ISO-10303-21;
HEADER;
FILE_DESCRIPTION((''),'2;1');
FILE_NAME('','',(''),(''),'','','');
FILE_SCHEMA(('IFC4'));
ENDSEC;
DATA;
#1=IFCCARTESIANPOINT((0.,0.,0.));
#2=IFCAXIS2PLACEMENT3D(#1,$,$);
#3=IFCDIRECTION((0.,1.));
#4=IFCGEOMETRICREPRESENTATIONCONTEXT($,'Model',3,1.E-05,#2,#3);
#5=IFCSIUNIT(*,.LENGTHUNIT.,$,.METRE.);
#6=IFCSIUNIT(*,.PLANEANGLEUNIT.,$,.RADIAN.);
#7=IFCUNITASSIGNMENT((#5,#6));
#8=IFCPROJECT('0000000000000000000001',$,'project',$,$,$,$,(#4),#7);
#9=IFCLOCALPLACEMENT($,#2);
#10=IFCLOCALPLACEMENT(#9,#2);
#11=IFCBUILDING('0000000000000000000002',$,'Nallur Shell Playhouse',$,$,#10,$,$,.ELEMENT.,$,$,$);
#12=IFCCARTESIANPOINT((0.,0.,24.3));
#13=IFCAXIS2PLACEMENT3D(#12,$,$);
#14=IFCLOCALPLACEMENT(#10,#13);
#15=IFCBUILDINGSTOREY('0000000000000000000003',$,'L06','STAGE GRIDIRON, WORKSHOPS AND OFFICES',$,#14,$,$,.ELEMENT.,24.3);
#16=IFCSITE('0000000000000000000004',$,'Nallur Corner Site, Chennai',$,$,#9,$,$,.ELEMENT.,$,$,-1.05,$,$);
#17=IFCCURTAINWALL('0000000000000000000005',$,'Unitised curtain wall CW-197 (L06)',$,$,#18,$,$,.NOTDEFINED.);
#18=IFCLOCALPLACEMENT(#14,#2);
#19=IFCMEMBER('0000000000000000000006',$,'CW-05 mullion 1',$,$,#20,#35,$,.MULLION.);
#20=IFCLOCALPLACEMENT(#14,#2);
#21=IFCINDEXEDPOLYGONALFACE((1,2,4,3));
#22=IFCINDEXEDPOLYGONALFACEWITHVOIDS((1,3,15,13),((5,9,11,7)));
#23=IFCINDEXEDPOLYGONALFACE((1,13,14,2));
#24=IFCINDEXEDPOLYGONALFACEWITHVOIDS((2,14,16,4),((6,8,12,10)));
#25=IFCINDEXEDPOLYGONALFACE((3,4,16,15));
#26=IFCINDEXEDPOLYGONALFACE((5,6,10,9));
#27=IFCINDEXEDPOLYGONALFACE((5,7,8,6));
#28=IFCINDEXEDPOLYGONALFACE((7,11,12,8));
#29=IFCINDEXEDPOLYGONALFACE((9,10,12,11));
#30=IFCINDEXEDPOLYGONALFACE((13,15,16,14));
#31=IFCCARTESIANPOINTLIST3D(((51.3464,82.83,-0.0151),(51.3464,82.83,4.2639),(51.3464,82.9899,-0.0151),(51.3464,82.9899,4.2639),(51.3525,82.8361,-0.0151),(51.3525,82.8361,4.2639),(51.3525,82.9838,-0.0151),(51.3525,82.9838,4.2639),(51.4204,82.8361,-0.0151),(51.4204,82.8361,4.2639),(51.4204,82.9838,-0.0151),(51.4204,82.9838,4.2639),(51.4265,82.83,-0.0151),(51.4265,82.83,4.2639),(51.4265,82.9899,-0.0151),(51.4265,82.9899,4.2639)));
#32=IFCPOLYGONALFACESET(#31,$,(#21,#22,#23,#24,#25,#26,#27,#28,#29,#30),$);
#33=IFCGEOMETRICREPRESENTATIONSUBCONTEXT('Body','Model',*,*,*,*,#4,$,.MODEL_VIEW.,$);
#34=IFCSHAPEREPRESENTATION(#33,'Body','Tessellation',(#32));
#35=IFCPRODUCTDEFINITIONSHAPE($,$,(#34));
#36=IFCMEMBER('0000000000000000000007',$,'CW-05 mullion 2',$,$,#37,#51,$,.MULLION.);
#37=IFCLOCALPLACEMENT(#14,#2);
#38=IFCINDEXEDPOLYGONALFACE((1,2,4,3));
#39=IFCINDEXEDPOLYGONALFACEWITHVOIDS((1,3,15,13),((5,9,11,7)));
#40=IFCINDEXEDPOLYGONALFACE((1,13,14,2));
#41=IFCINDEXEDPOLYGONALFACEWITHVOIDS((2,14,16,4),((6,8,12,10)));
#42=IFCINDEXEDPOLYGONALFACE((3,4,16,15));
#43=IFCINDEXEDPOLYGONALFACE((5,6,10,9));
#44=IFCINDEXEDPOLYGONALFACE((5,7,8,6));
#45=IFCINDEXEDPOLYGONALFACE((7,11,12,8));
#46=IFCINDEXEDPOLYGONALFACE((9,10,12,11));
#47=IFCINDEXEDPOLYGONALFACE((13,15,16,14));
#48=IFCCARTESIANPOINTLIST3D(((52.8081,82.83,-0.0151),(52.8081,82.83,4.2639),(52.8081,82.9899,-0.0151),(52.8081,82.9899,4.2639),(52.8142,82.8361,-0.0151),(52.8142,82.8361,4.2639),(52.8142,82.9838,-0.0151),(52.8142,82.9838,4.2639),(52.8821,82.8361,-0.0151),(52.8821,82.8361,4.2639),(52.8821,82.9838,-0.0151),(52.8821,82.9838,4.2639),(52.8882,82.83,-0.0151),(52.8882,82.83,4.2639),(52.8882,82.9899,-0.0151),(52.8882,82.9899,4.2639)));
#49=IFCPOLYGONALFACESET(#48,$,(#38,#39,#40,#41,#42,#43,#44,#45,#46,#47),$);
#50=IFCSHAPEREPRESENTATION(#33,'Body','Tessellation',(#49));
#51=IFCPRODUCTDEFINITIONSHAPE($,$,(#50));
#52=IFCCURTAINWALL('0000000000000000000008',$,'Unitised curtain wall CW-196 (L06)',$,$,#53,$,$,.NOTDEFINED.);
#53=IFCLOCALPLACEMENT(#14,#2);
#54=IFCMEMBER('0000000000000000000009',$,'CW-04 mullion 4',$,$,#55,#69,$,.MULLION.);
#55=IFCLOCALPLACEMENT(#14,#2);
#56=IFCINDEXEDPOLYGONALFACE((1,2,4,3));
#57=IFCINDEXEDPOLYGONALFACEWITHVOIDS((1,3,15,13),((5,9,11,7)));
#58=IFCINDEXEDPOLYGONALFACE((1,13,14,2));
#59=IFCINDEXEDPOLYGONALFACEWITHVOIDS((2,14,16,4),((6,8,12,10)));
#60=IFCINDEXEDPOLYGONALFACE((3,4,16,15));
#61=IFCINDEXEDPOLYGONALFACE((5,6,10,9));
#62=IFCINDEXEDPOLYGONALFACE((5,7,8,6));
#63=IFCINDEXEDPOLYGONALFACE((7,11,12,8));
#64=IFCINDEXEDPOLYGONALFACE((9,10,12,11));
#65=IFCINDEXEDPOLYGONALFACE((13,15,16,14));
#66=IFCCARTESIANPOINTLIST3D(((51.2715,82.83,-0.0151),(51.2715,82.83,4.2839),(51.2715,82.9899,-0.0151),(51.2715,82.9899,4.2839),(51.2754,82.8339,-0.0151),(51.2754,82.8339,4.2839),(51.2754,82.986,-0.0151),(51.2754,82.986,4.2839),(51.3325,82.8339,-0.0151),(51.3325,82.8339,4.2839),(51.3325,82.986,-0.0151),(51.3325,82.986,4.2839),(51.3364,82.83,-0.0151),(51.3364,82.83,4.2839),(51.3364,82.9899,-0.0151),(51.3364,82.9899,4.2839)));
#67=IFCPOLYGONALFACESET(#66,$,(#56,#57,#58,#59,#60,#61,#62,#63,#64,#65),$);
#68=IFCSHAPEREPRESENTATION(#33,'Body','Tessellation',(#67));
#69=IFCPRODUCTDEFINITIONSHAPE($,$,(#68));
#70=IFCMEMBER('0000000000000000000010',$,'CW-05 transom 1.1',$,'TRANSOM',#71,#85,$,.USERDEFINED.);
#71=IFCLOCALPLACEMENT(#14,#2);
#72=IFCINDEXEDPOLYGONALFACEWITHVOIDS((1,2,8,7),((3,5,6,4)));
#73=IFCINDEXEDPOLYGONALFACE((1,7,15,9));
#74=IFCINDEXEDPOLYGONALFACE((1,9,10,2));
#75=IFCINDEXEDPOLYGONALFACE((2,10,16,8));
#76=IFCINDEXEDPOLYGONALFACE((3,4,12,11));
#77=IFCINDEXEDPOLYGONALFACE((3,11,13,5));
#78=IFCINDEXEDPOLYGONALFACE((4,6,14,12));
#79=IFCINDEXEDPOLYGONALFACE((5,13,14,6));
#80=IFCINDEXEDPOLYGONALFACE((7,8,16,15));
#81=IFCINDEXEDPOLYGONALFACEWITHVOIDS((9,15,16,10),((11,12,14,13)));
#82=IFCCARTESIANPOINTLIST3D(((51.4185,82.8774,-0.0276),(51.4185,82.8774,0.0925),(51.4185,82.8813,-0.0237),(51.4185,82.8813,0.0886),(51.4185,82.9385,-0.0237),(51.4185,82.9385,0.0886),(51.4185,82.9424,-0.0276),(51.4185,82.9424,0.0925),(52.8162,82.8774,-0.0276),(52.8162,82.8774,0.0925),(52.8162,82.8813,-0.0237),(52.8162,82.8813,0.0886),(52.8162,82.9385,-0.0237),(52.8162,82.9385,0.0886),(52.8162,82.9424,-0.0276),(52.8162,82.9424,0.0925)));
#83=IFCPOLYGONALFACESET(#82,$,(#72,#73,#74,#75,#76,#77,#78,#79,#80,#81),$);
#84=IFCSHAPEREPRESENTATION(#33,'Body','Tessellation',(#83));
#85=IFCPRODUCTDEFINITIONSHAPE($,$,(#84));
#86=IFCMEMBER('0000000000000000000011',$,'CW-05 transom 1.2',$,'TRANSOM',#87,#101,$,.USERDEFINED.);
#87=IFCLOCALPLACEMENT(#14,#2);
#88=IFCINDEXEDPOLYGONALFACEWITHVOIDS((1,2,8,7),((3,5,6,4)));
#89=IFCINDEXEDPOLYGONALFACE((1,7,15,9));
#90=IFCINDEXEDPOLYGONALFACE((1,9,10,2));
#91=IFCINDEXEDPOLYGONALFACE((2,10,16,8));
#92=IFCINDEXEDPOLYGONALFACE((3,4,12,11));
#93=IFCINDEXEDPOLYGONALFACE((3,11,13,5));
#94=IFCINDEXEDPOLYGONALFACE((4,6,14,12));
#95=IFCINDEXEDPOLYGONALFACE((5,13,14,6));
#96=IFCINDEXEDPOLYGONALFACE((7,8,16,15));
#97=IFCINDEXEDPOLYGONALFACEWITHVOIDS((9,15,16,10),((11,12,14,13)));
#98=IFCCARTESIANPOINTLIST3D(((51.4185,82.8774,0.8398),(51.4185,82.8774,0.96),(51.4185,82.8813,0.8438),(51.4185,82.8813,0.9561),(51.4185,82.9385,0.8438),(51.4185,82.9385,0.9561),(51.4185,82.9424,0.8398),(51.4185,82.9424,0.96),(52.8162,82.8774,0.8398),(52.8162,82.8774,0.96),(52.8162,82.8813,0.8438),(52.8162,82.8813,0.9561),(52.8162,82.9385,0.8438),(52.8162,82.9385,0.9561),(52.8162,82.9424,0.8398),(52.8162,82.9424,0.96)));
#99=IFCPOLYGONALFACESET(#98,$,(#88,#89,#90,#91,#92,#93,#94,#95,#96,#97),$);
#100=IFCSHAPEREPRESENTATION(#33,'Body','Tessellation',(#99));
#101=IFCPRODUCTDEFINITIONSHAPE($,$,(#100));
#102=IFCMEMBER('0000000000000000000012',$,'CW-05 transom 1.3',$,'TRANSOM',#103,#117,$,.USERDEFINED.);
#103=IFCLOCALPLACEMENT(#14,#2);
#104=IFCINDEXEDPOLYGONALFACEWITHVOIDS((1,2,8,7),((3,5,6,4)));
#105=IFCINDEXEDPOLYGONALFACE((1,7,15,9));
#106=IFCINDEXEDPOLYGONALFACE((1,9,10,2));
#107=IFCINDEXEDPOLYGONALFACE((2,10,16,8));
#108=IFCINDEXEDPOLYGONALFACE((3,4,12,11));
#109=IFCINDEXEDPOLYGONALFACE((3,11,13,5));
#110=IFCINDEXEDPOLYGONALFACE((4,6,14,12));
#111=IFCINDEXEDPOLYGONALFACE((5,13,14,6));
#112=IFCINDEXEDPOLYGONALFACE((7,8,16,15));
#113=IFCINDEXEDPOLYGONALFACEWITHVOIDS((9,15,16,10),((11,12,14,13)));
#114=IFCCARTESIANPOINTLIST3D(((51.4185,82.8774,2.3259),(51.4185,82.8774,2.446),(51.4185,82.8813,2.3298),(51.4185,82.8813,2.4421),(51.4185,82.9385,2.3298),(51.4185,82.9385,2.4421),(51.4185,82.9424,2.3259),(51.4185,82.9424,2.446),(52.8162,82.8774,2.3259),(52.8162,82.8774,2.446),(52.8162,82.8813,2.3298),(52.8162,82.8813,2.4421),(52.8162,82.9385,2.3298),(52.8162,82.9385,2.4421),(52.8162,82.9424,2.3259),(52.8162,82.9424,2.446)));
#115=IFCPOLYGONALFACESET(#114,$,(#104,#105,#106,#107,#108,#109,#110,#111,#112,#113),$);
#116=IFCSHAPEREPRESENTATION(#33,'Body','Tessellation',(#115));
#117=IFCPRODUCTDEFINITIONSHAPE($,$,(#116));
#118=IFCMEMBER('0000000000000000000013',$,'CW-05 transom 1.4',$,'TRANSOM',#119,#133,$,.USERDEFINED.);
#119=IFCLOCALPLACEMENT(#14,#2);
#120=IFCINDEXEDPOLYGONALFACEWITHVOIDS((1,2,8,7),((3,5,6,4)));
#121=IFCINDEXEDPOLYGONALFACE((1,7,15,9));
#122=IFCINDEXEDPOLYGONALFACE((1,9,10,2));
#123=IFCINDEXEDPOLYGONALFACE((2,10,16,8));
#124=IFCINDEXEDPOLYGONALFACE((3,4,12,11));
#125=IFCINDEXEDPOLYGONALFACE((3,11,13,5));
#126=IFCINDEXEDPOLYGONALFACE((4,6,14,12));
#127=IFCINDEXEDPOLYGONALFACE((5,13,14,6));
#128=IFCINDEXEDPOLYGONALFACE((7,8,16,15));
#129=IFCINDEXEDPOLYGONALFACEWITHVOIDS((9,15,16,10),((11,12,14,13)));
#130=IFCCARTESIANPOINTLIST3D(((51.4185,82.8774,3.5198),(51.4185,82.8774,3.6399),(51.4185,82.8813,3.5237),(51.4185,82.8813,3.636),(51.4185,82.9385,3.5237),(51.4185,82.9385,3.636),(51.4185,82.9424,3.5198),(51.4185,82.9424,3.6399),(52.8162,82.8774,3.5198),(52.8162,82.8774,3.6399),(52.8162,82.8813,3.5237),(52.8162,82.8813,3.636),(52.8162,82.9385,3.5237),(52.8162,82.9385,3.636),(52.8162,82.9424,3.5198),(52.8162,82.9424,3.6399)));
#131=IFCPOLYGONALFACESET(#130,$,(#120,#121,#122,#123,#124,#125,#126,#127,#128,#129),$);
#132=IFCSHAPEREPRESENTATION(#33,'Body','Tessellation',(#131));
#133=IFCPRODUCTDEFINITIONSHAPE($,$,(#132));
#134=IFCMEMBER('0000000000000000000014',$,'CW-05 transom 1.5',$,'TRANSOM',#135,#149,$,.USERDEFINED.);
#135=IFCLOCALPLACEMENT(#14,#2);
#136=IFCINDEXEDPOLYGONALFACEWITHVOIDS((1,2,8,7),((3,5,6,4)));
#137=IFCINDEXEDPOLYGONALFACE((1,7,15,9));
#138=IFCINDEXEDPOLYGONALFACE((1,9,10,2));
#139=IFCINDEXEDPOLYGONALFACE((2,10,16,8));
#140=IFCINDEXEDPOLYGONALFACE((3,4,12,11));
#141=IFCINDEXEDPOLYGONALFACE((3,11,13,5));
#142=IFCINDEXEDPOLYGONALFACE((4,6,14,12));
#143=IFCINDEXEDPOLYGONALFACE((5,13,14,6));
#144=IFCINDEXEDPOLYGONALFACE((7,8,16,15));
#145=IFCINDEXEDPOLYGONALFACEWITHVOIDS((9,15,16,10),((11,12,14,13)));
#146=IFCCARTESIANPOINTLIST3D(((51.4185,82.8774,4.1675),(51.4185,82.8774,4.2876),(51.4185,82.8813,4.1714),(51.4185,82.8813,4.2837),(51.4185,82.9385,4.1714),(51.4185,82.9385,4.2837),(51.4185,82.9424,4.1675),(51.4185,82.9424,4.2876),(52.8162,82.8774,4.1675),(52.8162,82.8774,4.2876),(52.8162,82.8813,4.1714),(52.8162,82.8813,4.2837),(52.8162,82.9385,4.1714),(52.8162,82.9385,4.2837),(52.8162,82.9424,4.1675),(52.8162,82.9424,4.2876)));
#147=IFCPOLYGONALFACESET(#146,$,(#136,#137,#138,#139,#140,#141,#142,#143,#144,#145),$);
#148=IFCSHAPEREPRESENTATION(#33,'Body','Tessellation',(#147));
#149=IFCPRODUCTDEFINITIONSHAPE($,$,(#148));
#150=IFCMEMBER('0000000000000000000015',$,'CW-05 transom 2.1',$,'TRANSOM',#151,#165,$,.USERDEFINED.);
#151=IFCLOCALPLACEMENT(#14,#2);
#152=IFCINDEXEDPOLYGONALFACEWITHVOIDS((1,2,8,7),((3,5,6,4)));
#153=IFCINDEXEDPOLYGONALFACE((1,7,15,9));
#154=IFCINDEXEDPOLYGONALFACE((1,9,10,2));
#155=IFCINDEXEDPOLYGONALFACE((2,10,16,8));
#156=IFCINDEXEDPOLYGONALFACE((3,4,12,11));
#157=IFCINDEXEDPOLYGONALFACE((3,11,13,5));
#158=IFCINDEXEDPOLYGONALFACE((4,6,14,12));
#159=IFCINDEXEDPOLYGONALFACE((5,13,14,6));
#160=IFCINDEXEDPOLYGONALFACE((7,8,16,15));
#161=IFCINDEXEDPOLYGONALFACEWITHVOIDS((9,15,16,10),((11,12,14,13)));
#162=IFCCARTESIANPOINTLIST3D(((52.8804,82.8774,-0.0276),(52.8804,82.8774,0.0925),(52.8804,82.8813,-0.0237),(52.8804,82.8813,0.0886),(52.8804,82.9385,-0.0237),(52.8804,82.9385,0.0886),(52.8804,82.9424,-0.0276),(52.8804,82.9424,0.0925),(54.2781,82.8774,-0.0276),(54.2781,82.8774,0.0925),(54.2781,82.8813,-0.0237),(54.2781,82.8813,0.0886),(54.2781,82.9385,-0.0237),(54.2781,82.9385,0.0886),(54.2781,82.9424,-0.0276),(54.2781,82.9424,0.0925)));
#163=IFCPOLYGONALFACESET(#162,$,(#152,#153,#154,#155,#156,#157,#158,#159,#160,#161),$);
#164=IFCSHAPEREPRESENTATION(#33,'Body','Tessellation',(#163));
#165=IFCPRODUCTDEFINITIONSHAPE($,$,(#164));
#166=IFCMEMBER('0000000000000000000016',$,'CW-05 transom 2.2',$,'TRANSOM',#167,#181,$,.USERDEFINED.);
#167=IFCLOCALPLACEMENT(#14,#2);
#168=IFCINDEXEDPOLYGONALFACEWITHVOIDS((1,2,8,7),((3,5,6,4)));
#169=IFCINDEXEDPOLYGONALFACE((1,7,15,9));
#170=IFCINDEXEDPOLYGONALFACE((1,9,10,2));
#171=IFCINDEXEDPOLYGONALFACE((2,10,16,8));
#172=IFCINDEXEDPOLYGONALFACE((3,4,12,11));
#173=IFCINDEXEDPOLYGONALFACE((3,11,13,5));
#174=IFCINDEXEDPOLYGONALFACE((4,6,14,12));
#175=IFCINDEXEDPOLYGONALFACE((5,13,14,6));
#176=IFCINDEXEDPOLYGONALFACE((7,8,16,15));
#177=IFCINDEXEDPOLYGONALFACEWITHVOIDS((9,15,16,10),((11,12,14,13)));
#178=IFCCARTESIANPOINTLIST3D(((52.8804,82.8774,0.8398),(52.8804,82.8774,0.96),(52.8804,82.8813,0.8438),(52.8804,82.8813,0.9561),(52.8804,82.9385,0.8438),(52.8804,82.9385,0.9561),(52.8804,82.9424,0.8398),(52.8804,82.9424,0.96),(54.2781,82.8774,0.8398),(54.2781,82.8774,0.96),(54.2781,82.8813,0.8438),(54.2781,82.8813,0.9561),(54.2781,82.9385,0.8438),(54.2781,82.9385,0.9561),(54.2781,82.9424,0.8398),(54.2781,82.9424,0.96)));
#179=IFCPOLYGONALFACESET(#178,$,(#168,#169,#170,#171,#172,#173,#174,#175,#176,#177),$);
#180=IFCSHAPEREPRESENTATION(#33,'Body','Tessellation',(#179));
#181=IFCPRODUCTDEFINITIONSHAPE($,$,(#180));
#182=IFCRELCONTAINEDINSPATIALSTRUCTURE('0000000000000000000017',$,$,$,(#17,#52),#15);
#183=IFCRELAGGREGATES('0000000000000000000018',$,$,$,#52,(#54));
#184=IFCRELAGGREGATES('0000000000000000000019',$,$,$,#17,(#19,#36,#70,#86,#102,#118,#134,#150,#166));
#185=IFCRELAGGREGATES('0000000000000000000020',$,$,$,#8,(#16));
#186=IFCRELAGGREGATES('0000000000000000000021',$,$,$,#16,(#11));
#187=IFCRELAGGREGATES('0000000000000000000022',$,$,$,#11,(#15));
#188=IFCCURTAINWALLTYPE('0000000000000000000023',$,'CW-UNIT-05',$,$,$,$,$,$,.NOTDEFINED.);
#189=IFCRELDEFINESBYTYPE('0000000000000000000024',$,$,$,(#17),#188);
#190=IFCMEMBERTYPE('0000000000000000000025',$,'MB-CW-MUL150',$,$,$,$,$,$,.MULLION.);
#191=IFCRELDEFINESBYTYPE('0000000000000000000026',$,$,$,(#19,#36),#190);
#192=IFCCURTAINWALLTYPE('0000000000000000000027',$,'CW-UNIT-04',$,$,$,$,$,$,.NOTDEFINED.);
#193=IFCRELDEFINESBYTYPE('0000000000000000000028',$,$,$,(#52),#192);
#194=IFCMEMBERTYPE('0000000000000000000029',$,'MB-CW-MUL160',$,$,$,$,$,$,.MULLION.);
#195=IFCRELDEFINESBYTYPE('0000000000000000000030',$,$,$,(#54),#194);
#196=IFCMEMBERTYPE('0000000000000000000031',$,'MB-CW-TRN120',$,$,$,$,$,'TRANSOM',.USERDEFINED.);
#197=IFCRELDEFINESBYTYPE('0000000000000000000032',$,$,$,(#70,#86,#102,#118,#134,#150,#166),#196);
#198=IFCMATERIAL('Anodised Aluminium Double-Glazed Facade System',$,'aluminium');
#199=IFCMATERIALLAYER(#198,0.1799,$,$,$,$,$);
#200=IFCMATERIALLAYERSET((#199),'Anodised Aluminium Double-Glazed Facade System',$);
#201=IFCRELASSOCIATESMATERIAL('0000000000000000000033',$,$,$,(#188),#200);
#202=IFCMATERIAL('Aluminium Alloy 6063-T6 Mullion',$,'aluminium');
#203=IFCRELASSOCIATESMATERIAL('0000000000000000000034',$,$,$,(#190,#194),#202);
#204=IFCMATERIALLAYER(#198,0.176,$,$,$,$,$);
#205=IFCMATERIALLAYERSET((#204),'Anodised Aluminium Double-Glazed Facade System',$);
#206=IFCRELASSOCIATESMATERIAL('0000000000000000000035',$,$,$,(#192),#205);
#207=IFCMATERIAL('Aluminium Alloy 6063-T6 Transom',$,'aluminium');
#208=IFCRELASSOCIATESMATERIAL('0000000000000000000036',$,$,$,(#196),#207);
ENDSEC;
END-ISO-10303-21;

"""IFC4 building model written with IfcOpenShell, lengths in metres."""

from ifc_helpers import new_model, si_unit, direction, frame, origin, origin_2d, place, context, subcontext, project, spatial, hollow_rectangle, extrude, material, layer, layer_set, material_profile, profile_set, type_object, element, aggregate, save


model = new_model("IFC4")

# Units and contexts
model_context = context("Model", 3, precision=1e-05, world=origin(), true_north=direction((0.0, 1.0)))
body_context = subcontext(model_context, "Body", "Model", "MODEL_VIEW")
ifc_project = project(units=[si_unit("LENGTHUNIT", "METRE"), si_unit("PLANEANGLEUNIT", "RADIAN")], contexts=[model_context])

# Site, building, storey
site_placement = place(None, origin())
site = spatial("IfcSite", under=ifc_project, at=site_placement, Name="Nallur Corner Site, Chennai", CompositionType="ELEMENT", RefElevation=-1.05)
building_placement = place(site_placement, origin())
building = spatial("IfcBuilding", under=site, at=building_placement, Name="Nallur Shell Playhouse", CompositionType="ELEMENT")
storey_placement = place(building_placement, frame((0.0, 0.0, 24.3)))
storey = spatial("IfcBuildingStorey", under=building, at=storey_placement, Name="L06", Description="STAGE GRIDIRON, WORKSHOPS AND OFFICES", CompositionType="ELEMENT", Elevation=24.3)

# Curtain wall, members
ifc_material_1 = material(Name="Anodised Aluminium Double-Glazed Facade System", Category="aluminium")
ifc_layer_1 = layer(ifc_material_1, 0.1799)
ifc_layer_set_1 = layer_set([ifc_layer_1], Name="Anodised Aluminium Double-Glazed Facade System")
curtain_wall_type_1 = type_object("IfcCurtainWallType", Name="CW-UNIT-05", PredefinedType="NOTDEFINED", material=ifc_layer_set_1)
curtain_wall_1_placement = place(storey_placement, origin())
curtain_wall_1 = element("IfcCurtainWall", 1, at=curtain_wall_1_placement, inside=storey, type_object=curtain_wall_type_1, Name="Unitised curtain wall CW-197 (L06)", PredefinedType="NOTDEFINED")
ifc_material_2 = material(Name="Aluminium Alloy 6063-T6 Mullion", Category="aluminium")
ifc_material_profile_1 = material_profile(ifc_material_2, hollow_rectangle(XDim=0.0801, YDim=0.1599, WallThickness=0.0061, at=origin_2d()), Name="RHS 160x80x6")
ifc_profile_set_1 = profile_set([ifc_material_profile_1], Name="Aluminium Alloy 6063-T6 Mullion")
member_type_1 = type_object("IfcMemberType", Name="MB-CW-MUL150", PredefinedType="MULLION", material=ifc_profile_set_1)
member_1_placement = place(storey_placement, frame((51.3865, 82.9099, -0.0151), z_axis=(0.0, 0.0, 1.0), x_axis=(1.0, 0.0, 0.0)))
member_1 = element("IfcMember", 2, at=member_1_placement, type_object=member_type_1, Name="CW-05 mullion 1", PredefinedType="MULLION", context=body_context, shape_type="SweptSolid", body=[
    extrude(hollow_rectangle(XDim=0.0801, YDim=0.1599, WallThickness=0.0061, at=origin_2d()), origin(), (0.0, 0.0, 1.0), 4.2791),
])
member_2_placement = place(storey_placement, frame((52.8481, 82.9099, -0.0151), z_axis=(0.0, 0.0, 1.0), x_axis=(1.0, 0.0, 0.0)))
member_2 = element("IfcMember", 3, at=member_2_placement, type_object=member_type_1, Name="CW-05 mullion 2", PredefinedType="MULLION", context=body_context, shape_type="SweptSolid", body=[
    extrude(hollow_rectangle(XDim=0.0801, YDim=0.1599, WallThickness=0.0061, at=origin_2d()), origin(), (0.0, 0.0, 1.0), 4.2791),
])

# Curtain wall, member
ifc_layer_2 = layer(ifc_material_1, 0.176)
ifc_layer_set_2 = layer_set([ifc_layer_2], Name="Anodised Aluminium Double-Glazed Facade System")
curtain_wall_type_2 = type_object("IfcCurtainWallType", Name="CW-UNIT-04", PredefinedType="NOTDEFINED", material=ifc_layer_set_2)
curtain_wall_2_placement = place(storey_placement, origin())
curtain_wall_2 = element("IfcCurtainWall", 4, at=curtain_wall_2_placement, inside=storey, type_object=curtain_wall_type_2, Name="Unitised curtain wall CW-196 (L06)", PredefinedType="NOTDEFINED")
ifc_material_profile_2 = material_profile(ifc_material_2, hollow_rectangle(XDim=0.0649, YDim=0.1599, WallThickness=0.0039, at=origin_2d()), Name="ALU 65x160x4")
ifc_profile_set_2 = profile_set([ifc_material_profile_2], Name="Aluminium Alloy 6063-T6 Mullion")
member_type_2 = type_object("IfcMemberType", Name="MB-CW-MUL160", PredefinedType="MULLION", material=ifc_profile_set_2)
member_3_placement = place(storey_placement, frame((51.304, 82.9099, -0.0151), z_axis=(0.0, 0.0, 1.0), x_axis=(1.0, 0.0, 0.0)))
member_3 = element("IfcMember", 5, at=member_3_placement, type_object=member_type_2, Name="CW-04 mullion 4", PredefinedType="MULLION", context=body_context, shape_type="SweptSolid", body=[
    extrude(hollow_rectangle(XDim=0.0649, YDim=0.1599, WallThickness=0.0039, at=origin_2d()), origin(), (0.0, 0.0, 1.0), 4.2991),
])

# Members
ifc_material_3 = material(Name="Aluminium Alloy 6063-T6 Transom", Category="aluminium")
ifc_material_profile_3 = material_profile(ifc_material_3, hollow_rectangle(XDim=0.0649, YDim=0.1201, WallThickness=0.0039, at=origin_2d()), Name="ALU 65x120x4")
ifc_profile_set_3 = profile_set([ifc_material_profile_3], Name="Aluminium Alloy 6063-T6 Transom")
member_type_3 = type_object("IfcMemberType", Name="MB-CW-TRN120", ElementType="TRANSOM", PredefinedType="USERDEFINED", material=ifc_profile_set_3)
member_4_placement = place(storey_placement, frame((51.4185, 82.9099, 0.0325), z_axis=(1.0, 0.0, 0.0), x_axis=(0.0, 1.0, 0.0)))
member_4 = element("IfcMember", 6, at=member_4_placement, type_object=member_type_3, Name="CW-05 transom 1.1", ObjectType="TRANSOM", PredefinedType="USERDEFINED", context=body_context, shape_type="SweptSolid", body=[
    extrude(hollow_rectangle(XDim=0.0649, YDim=0.1201, WallThickness=0.0039, at=origin_2d()), origin(), (0.0, 0.0, 1.0), 1.3977),
])
member_5_placement = place(storey_placement, frame((51.4185, 82.9099, 0.8999), z_axis=(1.0, 0.0, 0.0), x_axis=(0.0, 1.0, 0.0)))
member_5 = element("IfcMember", 7, at=member_5_placement, type_object=member_type_3, Name="CW-05 transom 1.2", ObjectType="TRANSOM", PredefinedType="USERDEFINED", context=body_context, shape_type="SweptSolid", body=[
    extrude(hollow_rectangle(XDim=0.0649, YDim=0.1201, WallThickness=0.0039, at=origin_2d()), origin(), (0.0, 0.0, 1.0), 1.3977),
])
member_6_placement = place(storey_placement, frame((51.4185, 82.9099, 2.386), z_axis=(1.0, 0.0, 0.0), x_axis=(0.0, 1.0, 0.0)))
member_6 = element("IfcMember", 8, at=member_6_placement, type_object=member_type_3, Name="CW-05 transom 1.3", ObjectType="TRANSOM", PredefinedType="USERDEFINED", context=body_context, shape_type="SweptSolid", body=[
    extrude(hollow_rectangle(XDim=0.0649, YDim=0.1201, WallThickness=0.0039, at=origin_2d()), origin(), (0.0, 0.0, 1.0), 1.3977),
])
member_7_placement = place(storey_placement, frame((51.4185, 82.9099, 3.5798), z_axis=(1.0, 0.0, 0.0), x_axis=(0.0, 1.0, 0.0)))
member_7 = element("IfcMember", 9, at=member_7_placement, type_object=member_type_3, Name="CW-05 transom 1.4", ObjectType="TRANSOM", PredefinedType="USERDEFINED", context=body_context, shape_type="SweptSolid", body=[
    extrude(hollow_rectangle(XDim=0.0649, YDim=0.1201, WallThickness=0.0039, at=origin_2d()), origin(), (0.0, 0.0, 1.0), 1.3977),
])
member_8_placement = place(storey_placement, frame((51.4185, 82.9099, 4.2275), z_axis=(1.0, 0.0, 0.0), x_axis=(0.0, 1.0, 0.0)))
member_8 = element("IfcMember", 10, at=member_8_placement, type_object=member_type_3, Name="CW-05 transom 1.5", ObjectType="TRANSOM", PredefinedType="USERDEFINED", context=body_context, shape_type="SweptSolid", body=[
    extrude(hollow_rectangle(XDim=0.0649, YDim=0.1201, WallThickness=0.0039, at=origin_2d()), origin(), (0.0, 0.0, 1.0), 1.3977),
])
member_9_placement = place(storey_placement, frame((52.8804, 82.9099, 0.0325), z_axis=(1.0, 0.0, 0.0), x_axis=(0.0, 1.0, 0.0)))
member_9 = element("IfcMember", 11, at=member_9_placement, type_object=member_type_3, Name="CW-05 transom 2.1", ObjectType="TRANSOM", PredefinedType="USERDEFINED", context=body_context, shape_type="SweptSolid", body=[
    extrude(hollow_rectangle(XDim=0.0649, YDim=0.1201, WallThickness=0.0039, at=origin_2d()), origin(), (0.0, 0.0, 1.0), 1.3977),
])
member_10_placement = place(storey_placement, frame((52.8804, 82.9099, 0.8999), z_axis=(1.0, 0.0, 0.0), x_axis=(0.0, 1.0, 0.0)))
member_10 = element("IfcMember", 12, at=member_10_placement, type_object=member_type_3, Name="CW-05 transom 2.2", ObjectType="TRANSOM", PredefinedType="USERDEFINED", context=body_context, shape_type="SweptSolid", body=[
    extrude(hollow_rectangle(XDim=0.0649, YDim=0.1201, WallThickness=0.0039, at=origin_2d()), origin(), (0.0, 0.0, 1.0), 1.3977),
])

aggregate(curtain_wall_2, [member_3])
aggregate(curtain_wall_1, [member_1, member_2, member_4, member_5, member_6, member_7, member_8, member_9, member_10])

save(model, "model.ifc")
